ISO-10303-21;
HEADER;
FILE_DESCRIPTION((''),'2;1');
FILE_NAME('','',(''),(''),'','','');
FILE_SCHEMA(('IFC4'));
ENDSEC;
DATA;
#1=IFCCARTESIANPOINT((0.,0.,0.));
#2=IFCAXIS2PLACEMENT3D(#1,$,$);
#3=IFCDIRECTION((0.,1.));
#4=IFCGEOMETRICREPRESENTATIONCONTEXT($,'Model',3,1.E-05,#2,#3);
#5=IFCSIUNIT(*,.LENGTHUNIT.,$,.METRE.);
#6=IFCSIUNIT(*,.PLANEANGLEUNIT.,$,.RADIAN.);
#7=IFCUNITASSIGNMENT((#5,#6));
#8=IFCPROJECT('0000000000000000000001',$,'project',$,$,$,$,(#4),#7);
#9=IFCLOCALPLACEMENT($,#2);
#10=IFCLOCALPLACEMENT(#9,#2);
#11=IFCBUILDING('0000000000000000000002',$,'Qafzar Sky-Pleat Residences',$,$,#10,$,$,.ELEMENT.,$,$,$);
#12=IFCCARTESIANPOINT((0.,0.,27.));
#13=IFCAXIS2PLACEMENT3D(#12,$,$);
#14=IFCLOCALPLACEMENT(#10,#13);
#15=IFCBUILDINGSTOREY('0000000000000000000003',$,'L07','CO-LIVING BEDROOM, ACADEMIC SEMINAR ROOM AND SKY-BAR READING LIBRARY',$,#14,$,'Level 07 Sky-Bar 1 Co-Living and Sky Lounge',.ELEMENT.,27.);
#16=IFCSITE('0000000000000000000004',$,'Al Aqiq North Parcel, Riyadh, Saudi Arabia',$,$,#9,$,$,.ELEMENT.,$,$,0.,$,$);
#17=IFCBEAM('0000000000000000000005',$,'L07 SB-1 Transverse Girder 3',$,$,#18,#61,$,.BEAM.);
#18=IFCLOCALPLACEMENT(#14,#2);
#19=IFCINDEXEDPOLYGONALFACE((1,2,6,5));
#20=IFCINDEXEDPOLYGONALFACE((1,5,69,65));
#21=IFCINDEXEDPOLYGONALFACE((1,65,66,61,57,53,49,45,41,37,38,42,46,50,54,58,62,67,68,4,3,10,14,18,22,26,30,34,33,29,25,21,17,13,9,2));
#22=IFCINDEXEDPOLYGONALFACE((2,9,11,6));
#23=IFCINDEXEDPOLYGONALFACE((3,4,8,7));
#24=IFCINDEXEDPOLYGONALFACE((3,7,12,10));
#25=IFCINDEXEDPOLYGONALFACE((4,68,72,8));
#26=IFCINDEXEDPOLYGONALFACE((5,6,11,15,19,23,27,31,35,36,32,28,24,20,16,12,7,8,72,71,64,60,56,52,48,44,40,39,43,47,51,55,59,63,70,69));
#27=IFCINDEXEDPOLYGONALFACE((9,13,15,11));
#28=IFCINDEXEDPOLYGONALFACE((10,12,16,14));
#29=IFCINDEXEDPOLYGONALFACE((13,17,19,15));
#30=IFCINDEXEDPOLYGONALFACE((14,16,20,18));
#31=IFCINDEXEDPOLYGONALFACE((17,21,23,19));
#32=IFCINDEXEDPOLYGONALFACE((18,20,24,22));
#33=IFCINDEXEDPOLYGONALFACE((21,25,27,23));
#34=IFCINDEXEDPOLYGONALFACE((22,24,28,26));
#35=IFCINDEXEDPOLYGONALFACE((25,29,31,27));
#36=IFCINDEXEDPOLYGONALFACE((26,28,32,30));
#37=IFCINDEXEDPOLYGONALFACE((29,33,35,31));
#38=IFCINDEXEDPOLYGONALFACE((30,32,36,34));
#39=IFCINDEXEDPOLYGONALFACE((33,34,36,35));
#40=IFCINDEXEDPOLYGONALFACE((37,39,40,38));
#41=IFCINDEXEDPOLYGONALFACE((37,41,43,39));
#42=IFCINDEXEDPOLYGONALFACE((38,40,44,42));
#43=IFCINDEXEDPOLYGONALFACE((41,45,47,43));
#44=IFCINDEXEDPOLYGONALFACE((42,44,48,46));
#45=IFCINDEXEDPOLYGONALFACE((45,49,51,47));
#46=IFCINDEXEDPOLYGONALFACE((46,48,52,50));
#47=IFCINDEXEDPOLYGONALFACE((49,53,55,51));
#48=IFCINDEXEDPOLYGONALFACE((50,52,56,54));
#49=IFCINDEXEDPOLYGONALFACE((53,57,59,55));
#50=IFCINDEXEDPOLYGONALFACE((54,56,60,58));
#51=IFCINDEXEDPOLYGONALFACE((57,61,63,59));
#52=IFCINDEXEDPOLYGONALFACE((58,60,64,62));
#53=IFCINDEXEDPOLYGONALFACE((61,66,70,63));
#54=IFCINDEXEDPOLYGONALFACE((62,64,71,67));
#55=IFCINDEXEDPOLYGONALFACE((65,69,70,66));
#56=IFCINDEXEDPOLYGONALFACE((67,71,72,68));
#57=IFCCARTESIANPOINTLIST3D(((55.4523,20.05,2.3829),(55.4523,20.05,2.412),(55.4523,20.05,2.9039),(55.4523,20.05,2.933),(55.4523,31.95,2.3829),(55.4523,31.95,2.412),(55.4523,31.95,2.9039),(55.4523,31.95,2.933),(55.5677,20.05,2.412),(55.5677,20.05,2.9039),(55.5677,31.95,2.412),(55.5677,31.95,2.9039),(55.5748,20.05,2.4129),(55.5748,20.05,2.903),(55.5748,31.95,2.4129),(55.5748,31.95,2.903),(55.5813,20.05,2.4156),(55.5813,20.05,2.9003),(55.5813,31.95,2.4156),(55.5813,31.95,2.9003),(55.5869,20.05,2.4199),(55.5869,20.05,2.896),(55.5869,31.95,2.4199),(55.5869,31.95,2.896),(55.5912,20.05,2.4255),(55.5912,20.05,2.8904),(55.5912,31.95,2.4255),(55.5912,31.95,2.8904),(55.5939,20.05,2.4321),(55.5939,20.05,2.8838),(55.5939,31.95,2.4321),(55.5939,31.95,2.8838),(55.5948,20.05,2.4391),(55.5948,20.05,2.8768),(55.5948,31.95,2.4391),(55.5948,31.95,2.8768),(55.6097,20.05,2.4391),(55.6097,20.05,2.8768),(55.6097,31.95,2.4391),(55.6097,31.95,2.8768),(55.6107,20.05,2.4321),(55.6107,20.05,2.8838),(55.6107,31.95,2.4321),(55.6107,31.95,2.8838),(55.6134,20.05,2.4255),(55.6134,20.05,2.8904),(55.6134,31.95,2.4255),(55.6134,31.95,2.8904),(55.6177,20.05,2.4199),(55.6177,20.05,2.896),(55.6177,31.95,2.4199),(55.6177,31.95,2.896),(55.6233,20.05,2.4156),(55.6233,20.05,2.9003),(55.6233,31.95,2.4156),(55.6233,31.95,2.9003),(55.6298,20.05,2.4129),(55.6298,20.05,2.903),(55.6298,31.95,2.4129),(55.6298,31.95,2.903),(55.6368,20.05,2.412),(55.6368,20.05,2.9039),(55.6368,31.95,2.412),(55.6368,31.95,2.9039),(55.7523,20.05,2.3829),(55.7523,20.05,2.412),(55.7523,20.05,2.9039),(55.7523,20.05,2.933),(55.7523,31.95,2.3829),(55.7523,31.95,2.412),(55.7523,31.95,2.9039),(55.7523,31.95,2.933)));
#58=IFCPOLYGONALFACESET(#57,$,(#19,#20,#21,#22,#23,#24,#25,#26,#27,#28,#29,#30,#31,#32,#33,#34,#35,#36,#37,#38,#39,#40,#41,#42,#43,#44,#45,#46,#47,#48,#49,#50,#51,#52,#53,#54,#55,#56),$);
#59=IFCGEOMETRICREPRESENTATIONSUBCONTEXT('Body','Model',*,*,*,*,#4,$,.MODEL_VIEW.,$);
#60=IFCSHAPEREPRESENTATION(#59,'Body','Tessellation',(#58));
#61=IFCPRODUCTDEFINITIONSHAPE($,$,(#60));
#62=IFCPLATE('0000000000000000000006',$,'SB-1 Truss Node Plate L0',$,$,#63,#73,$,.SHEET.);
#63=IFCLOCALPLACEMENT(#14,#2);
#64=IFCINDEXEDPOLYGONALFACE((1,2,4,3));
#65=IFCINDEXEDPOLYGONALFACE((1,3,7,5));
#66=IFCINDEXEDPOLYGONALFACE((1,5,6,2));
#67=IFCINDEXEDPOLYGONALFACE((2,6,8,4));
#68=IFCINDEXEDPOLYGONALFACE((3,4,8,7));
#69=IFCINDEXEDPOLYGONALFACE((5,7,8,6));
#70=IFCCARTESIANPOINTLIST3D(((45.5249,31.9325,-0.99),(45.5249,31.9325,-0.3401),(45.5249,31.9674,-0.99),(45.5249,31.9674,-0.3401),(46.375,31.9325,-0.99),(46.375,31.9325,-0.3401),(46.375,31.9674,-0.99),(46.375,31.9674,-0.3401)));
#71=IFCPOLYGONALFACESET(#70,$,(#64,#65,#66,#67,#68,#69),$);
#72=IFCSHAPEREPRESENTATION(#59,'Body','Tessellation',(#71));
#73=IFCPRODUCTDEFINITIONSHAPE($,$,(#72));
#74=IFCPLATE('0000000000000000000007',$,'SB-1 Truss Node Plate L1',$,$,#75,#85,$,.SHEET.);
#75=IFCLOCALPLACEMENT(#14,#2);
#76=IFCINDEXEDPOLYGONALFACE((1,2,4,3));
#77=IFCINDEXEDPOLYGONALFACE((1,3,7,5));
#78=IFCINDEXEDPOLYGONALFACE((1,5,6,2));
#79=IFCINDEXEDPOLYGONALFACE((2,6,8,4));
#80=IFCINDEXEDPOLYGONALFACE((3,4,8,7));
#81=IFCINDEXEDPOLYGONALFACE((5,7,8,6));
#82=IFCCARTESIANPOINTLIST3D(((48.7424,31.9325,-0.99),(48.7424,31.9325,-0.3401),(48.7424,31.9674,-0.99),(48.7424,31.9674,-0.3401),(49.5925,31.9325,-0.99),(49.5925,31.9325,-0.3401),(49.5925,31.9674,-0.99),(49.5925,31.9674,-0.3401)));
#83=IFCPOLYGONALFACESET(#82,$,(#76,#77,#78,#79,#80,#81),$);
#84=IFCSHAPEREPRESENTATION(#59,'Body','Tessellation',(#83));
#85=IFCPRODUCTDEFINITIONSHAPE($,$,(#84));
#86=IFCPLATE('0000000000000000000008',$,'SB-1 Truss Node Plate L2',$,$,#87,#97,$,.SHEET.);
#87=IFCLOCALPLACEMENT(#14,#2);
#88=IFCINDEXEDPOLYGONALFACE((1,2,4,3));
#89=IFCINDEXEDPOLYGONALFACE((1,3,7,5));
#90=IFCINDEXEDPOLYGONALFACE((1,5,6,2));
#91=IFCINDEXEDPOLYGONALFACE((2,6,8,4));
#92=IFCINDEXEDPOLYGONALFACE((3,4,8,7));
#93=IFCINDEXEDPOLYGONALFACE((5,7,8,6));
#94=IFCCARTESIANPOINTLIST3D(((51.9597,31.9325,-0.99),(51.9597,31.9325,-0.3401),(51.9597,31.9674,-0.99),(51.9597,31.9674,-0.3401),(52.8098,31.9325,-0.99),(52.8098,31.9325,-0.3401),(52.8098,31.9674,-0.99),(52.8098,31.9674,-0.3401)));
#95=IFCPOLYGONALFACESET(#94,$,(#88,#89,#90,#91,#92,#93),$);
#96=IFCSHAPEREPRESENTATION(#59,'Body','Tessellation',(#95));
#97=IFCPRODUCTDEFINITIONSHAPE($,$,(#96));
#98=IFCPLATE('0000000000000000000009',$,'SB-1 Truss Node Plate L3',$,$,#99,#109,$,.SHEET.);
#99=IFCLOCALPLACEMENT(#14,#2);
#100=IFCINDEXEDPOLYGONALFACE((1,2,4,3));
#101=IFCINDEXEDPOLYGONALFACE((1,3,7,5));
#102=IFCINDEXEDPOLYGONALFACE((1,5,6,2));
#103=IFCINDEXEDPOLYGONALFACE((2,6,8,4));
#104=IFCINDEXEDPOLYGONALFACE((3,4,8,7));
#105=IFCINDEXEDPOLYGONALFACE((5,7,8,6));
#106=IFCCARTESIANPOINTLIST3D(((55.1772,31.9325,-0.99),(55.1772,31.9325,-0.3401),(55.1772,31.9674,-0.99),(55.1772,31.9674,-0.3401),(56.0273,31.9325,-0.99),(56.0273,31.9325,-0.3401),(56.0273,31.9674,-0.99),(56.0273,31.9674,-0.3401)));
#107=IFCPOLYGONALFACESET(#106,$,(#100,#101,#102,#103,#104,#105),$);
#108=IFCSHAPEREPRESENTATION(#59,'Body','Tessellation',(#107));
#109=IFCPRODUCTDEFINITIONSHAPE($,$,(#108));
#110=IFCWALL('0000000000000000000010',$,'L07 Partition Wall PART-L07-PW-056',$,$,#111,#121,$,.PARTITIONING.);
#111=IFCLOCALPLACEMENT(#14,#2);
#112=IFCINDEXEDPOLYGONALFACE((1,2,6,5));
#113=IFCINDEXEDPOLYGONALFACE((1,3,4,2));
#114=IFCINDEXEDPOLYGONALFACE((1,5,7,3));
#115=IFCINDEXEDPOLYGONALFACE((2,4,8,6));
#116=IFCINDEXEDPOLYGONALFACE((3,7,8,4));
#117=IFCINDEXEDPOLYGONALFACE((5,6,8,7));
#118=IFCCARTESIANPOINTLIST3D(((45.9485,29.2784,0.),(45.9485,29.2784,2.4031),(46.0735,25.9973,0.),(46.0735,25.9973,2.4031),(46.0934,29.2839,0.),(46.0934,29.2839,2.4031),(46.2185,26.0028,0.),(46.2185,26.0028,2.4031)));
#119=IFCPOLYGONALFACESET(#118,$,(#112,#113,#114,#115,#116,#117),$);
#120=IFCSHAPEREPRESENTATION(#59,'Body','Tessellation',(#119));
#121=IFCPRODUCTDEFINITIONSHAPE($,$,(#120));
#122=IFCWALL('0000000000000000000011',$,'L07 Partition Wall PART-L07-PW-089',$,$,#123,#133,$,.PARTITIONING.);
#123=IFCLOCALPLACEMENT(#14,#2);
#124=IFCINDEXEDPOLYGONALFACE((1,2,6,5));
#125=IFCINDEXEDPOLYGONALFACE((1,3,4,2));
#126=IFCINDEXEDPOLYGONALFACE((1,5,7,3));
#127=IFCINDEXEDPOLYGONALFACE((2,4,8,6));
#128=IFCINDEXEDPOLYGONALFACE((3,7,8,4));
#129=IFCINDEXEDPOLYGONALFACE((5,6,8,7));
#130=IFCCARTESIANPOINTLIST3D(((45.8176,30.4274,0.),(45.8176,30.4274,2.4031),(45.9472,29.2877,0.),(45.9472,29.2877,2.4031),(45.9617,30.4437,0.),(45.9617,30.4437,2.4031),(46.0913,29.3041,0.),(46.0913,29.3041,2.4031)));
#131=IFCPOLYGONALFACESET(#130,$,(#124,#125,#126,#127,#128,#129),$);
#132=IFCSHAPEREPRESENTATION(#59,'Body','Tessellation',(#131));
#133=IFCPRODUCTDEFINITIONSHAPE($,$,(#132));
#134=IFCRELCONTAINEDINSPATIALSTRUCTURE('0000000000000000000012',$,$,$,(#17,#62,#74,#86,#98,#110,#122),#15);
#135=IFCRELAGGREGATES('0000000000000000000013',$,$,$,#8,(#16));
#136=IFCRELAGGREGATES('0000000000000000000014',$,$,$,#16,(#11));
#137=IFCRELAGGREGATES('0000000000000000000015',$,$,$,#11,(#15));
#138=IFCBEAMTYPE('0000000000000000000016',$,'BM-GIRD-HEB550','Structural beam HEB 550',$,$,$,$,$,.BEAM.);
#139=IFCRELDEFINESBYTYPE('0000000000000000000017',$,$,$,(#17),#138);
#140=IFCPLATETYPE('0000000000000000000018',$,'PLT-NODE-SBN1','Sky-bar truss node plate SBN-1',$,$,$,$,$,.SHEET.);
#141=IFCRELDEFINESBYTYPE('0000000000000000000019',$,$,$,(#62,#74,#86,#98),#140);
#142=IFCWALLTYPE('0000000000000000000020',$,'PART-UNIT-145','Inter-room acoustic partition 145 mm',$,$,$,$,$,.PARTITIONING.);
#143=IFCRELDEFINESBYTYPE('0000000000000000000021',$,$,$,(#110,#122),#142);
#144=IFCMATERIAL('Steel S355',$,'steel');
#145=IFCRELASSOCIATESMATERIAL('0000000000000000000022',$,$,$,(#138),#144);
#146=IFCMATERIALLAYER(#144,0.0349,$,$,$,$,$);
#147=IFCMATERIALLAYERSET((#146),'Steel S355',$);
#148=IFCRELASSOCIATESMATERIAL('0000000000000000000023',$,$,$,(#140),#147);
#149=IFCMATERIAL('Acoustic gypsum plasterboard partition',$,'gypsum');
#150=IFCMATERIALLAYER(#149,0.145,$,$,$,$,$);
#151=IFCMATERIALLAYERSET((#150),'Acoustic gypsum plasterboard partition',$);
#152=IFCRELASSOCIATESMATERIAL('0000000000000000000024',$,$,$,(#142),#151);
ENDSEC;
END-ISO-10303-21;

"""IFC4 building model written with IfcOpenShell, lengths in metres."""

from ifc_helpers import new_model, si_unit, direction, frame, frame_2d, origin, origin_2d, place, context, subcontext, project, spatial, rectangle, i_section, extrude, source, transform, mapped, material, layer, layer_set, material_profile, profile_set, type_object, element, save


model = new_model("IFC4")

# Units and contexts
model_context = context("Model", 3, precision=1e-05, world=origin(), true_north=direction((0.0, 1.0)))
body_context = subcontext(model_context, "Body", "Model", "MODEL_VIEW")
ifc_project = project(units=[si_unit("LENGTHUNIT", "METRE"), si_unit("PLANEANGLEUNIT", "RADIAN")], contexts=[model_context])

# Site, building, storey
site_placement = place(None, origin())
site = spatial("IfcSite", under=ifc_project, at=site_placement, Name="Al Aqiq North Parcel, Riyadh, Saudi Arabia", CompositionType="ELEMENT", RefElevation=0.0)
building_placement = place(site_placement, origin())
building = spatial("IfcBuilding", under=site, at=building_placement, Name="Qafzar Sky-Pleat Residences", CompositionType="ELEMENT")
storey_placement = place(building_placement, frame((0.0, 0.0, 27.0)))
storey = spatial("IfcBuildingStorey", under=building, at=storey_placement, Name="L07", Description="CO-LIVING BEDROOM, ACADEMIC SEMINAR ROOM AND SKY-BAR READING LIBRARY", LongName="Level 07 Sky-Bar 1 Co-Living and Sky Lounge", CompositionType="ELEMENT", Elevation=27.0)

# Shared definitions
ifc_material_1 = material(Name="Steel S355", Category="steel")

# Beam
ifc_material_profile_1 = material_profile(ifc_material_1, i_section(OverallWidth=0.3, OverallDepth=0.55, WebThickness=0.0149, FlangeThickness=0.0291, FilletRadius=0.0271, at=origin_2d()), Name="HEB 550")
ifc_profile_set_1 = profile_set([ifc_material_profile_1], Name="Steel S355")
beam_type_1 = type_object("IfcBeamType", Name="BM-GIRD-HEB550", Description="Structural beam HEB 550", PredefinedType="BEAM", material=ifc_profile_set_1)
shared_shape_1 = source(origin(), body_context, "Body", "SweptSolid", [
    extrude(i_section(OverallWidth=0.3, OverallDepth=0.55, WebThickness=0.0149, FlangeThickness=0.0291, FilletRadius=0.0271, at=origin_2d()), origin(), (0.0, 0.0, 1.0), 11.8999),
])
for number, where, z_axis, x_axis, name in (
    (1, (55.6023, 31.95, 2.658), (0.0, -1.0, 0.0), (1.0, 0.0, 0.0), "L07 SB-1 Transverse Girder 3"),
):
    element("IfcBeam", number, at=place(storey_placement, frame(where, z_axis=z_axis, x_axis=x_axis)), inside=storey, type_object=beam_type_1, Name=name, PredefinedType="BEAM", context=body_context, shape_type="MappedRepresentation", body=[
        mapped(shared_shape_1, transform((0.0, 0.0, 0.0), x_axis=(1.0, 0.0, 0.0), y_axis=(0.0, 1.0, 0.0), z_axis=(0.0, 0.0, 1.0), scale=1.0)),
    ])

# Plates
ifc_layer_1 = layer(ifc_material_1, 0.0349)
ifc_layer_set_1 = layer_set([ifc_layer_1], Name="Steel S355")
plate_type = type_object("IfcPlateType", Name="PLT-NODE-SBN1", Description="Sky-bar truss node plate SBN-1", PredefinedType="SHEET", material=ifc_layer_set_1)
shared_shape_2 = source(origin(), body_context, "Body", "SweptSolid", [
    extrude(rectangle(XDim=0.8501, YDim=0.0349, at=origin_2d()), origin(), (0.0, 0.0, 1.0), 0.6499),
])
for number, where, z_axis, x_axis, name in (
    (2, (45.95, 31.95, -0.99), (0.0, 0.0, 1.0), (1.0, 0.0, 0.0), "SB-1 Truss Node Plate L0"),
    (3, (49.1675, 31.95, -0.99), (0.0, 0.0, 1.0), (1.0, 0.0, 0.0), "SB-1 Truss Node Plate L1"),
    (4, (52.3848, 31.95, -0.99), (0.0, 0.0, 1.0), (1.0, 0.0, 0.0), "SB-1 Truss Node Plate L2"),
    (5, (55.6023, 31.95, -0.99), (0.0, 0.0, 1.0), (1.0, 0.0, 0.0), "SB-1 Truss Node Plate L3"),
):
    element("IfcPlate", number, at=place(storey_placement, frame(where, z_axis=z_axis, x_axis=x_axis)), inside=storey, type_object=plate_type, Name=name, PredefinedType="SHEET", context=body_context, shape_type="MappedRepresentation", body=[
        mapped(shared_shape_2, transform((0.0, 0.0, 0.0), x_axis=(1.0, 0.0, 0.0), y_axis=(0.0, 1.0, 0.0), z_axis=(0.0, 0.0, 1.0), scale=1.0)),
    ])

# Walls
ifc_material_2 = material(Name="Acoustic gypsum plasterboard partition", Category="gypsum")
ifc_layer_2 = layer(ifc_material_2, 0.145)
ifc_layer_set_2 = layer_set([ifc_layer_2], Name="Acoustic gypsum plasterboard partition")
wall_type = type_object("IfcWallType", Name="PART-UNIT-145", Description="Inter-room acoustic partition 145 mm", PredefinedType="PARTITIONING", material=ifc_layer_set_2)
wall_1_placement = place(storey_placement, frame((46.021, 29.281, 0.0), z_axis=(0.0, 0.0, 1.0), x_axis=(0.03807, -0.999275, 0.0)))
element("IfcWall", 6, at=wall_1_placement, inside=storey, type_object=wall_type, Name="L07 Partition Wall PART-L07-PW-056", PredefinedType="PARTITIONING", context=body_context, shape_type="SweptSolid", body=[
    extrude(rectangle(XDim=3.2834, YDim=0.145, at=frame_2d((1.6416, 0.0))), origin(), (0.0, 0.0, 1.0), 2.4031),
])
wall_2_placement = place(storey_placement, frame((45.8896, 30.4355, 0.0), z_axis=(0.0, 0.0, 1.0), x_axis=(0.113024, -0.993592, 0.0)))
element("IfcWall", 7, at=wall_2_placement, inside=storey, type_object=wall_type, Name="L07 Partition Wall PART-L07-PW-089", PredefinedType="PARTITIONING", context=body_context, shape_type="SweptSolid", body=[
    extrude(rectangle(XDim=1.147, YDim=0.145, at=frame_2d((0.5735, 0.0))), origin(), (0.0, 0.0, 1.0), 2.4031),
])

save(model, "model.ifc")
